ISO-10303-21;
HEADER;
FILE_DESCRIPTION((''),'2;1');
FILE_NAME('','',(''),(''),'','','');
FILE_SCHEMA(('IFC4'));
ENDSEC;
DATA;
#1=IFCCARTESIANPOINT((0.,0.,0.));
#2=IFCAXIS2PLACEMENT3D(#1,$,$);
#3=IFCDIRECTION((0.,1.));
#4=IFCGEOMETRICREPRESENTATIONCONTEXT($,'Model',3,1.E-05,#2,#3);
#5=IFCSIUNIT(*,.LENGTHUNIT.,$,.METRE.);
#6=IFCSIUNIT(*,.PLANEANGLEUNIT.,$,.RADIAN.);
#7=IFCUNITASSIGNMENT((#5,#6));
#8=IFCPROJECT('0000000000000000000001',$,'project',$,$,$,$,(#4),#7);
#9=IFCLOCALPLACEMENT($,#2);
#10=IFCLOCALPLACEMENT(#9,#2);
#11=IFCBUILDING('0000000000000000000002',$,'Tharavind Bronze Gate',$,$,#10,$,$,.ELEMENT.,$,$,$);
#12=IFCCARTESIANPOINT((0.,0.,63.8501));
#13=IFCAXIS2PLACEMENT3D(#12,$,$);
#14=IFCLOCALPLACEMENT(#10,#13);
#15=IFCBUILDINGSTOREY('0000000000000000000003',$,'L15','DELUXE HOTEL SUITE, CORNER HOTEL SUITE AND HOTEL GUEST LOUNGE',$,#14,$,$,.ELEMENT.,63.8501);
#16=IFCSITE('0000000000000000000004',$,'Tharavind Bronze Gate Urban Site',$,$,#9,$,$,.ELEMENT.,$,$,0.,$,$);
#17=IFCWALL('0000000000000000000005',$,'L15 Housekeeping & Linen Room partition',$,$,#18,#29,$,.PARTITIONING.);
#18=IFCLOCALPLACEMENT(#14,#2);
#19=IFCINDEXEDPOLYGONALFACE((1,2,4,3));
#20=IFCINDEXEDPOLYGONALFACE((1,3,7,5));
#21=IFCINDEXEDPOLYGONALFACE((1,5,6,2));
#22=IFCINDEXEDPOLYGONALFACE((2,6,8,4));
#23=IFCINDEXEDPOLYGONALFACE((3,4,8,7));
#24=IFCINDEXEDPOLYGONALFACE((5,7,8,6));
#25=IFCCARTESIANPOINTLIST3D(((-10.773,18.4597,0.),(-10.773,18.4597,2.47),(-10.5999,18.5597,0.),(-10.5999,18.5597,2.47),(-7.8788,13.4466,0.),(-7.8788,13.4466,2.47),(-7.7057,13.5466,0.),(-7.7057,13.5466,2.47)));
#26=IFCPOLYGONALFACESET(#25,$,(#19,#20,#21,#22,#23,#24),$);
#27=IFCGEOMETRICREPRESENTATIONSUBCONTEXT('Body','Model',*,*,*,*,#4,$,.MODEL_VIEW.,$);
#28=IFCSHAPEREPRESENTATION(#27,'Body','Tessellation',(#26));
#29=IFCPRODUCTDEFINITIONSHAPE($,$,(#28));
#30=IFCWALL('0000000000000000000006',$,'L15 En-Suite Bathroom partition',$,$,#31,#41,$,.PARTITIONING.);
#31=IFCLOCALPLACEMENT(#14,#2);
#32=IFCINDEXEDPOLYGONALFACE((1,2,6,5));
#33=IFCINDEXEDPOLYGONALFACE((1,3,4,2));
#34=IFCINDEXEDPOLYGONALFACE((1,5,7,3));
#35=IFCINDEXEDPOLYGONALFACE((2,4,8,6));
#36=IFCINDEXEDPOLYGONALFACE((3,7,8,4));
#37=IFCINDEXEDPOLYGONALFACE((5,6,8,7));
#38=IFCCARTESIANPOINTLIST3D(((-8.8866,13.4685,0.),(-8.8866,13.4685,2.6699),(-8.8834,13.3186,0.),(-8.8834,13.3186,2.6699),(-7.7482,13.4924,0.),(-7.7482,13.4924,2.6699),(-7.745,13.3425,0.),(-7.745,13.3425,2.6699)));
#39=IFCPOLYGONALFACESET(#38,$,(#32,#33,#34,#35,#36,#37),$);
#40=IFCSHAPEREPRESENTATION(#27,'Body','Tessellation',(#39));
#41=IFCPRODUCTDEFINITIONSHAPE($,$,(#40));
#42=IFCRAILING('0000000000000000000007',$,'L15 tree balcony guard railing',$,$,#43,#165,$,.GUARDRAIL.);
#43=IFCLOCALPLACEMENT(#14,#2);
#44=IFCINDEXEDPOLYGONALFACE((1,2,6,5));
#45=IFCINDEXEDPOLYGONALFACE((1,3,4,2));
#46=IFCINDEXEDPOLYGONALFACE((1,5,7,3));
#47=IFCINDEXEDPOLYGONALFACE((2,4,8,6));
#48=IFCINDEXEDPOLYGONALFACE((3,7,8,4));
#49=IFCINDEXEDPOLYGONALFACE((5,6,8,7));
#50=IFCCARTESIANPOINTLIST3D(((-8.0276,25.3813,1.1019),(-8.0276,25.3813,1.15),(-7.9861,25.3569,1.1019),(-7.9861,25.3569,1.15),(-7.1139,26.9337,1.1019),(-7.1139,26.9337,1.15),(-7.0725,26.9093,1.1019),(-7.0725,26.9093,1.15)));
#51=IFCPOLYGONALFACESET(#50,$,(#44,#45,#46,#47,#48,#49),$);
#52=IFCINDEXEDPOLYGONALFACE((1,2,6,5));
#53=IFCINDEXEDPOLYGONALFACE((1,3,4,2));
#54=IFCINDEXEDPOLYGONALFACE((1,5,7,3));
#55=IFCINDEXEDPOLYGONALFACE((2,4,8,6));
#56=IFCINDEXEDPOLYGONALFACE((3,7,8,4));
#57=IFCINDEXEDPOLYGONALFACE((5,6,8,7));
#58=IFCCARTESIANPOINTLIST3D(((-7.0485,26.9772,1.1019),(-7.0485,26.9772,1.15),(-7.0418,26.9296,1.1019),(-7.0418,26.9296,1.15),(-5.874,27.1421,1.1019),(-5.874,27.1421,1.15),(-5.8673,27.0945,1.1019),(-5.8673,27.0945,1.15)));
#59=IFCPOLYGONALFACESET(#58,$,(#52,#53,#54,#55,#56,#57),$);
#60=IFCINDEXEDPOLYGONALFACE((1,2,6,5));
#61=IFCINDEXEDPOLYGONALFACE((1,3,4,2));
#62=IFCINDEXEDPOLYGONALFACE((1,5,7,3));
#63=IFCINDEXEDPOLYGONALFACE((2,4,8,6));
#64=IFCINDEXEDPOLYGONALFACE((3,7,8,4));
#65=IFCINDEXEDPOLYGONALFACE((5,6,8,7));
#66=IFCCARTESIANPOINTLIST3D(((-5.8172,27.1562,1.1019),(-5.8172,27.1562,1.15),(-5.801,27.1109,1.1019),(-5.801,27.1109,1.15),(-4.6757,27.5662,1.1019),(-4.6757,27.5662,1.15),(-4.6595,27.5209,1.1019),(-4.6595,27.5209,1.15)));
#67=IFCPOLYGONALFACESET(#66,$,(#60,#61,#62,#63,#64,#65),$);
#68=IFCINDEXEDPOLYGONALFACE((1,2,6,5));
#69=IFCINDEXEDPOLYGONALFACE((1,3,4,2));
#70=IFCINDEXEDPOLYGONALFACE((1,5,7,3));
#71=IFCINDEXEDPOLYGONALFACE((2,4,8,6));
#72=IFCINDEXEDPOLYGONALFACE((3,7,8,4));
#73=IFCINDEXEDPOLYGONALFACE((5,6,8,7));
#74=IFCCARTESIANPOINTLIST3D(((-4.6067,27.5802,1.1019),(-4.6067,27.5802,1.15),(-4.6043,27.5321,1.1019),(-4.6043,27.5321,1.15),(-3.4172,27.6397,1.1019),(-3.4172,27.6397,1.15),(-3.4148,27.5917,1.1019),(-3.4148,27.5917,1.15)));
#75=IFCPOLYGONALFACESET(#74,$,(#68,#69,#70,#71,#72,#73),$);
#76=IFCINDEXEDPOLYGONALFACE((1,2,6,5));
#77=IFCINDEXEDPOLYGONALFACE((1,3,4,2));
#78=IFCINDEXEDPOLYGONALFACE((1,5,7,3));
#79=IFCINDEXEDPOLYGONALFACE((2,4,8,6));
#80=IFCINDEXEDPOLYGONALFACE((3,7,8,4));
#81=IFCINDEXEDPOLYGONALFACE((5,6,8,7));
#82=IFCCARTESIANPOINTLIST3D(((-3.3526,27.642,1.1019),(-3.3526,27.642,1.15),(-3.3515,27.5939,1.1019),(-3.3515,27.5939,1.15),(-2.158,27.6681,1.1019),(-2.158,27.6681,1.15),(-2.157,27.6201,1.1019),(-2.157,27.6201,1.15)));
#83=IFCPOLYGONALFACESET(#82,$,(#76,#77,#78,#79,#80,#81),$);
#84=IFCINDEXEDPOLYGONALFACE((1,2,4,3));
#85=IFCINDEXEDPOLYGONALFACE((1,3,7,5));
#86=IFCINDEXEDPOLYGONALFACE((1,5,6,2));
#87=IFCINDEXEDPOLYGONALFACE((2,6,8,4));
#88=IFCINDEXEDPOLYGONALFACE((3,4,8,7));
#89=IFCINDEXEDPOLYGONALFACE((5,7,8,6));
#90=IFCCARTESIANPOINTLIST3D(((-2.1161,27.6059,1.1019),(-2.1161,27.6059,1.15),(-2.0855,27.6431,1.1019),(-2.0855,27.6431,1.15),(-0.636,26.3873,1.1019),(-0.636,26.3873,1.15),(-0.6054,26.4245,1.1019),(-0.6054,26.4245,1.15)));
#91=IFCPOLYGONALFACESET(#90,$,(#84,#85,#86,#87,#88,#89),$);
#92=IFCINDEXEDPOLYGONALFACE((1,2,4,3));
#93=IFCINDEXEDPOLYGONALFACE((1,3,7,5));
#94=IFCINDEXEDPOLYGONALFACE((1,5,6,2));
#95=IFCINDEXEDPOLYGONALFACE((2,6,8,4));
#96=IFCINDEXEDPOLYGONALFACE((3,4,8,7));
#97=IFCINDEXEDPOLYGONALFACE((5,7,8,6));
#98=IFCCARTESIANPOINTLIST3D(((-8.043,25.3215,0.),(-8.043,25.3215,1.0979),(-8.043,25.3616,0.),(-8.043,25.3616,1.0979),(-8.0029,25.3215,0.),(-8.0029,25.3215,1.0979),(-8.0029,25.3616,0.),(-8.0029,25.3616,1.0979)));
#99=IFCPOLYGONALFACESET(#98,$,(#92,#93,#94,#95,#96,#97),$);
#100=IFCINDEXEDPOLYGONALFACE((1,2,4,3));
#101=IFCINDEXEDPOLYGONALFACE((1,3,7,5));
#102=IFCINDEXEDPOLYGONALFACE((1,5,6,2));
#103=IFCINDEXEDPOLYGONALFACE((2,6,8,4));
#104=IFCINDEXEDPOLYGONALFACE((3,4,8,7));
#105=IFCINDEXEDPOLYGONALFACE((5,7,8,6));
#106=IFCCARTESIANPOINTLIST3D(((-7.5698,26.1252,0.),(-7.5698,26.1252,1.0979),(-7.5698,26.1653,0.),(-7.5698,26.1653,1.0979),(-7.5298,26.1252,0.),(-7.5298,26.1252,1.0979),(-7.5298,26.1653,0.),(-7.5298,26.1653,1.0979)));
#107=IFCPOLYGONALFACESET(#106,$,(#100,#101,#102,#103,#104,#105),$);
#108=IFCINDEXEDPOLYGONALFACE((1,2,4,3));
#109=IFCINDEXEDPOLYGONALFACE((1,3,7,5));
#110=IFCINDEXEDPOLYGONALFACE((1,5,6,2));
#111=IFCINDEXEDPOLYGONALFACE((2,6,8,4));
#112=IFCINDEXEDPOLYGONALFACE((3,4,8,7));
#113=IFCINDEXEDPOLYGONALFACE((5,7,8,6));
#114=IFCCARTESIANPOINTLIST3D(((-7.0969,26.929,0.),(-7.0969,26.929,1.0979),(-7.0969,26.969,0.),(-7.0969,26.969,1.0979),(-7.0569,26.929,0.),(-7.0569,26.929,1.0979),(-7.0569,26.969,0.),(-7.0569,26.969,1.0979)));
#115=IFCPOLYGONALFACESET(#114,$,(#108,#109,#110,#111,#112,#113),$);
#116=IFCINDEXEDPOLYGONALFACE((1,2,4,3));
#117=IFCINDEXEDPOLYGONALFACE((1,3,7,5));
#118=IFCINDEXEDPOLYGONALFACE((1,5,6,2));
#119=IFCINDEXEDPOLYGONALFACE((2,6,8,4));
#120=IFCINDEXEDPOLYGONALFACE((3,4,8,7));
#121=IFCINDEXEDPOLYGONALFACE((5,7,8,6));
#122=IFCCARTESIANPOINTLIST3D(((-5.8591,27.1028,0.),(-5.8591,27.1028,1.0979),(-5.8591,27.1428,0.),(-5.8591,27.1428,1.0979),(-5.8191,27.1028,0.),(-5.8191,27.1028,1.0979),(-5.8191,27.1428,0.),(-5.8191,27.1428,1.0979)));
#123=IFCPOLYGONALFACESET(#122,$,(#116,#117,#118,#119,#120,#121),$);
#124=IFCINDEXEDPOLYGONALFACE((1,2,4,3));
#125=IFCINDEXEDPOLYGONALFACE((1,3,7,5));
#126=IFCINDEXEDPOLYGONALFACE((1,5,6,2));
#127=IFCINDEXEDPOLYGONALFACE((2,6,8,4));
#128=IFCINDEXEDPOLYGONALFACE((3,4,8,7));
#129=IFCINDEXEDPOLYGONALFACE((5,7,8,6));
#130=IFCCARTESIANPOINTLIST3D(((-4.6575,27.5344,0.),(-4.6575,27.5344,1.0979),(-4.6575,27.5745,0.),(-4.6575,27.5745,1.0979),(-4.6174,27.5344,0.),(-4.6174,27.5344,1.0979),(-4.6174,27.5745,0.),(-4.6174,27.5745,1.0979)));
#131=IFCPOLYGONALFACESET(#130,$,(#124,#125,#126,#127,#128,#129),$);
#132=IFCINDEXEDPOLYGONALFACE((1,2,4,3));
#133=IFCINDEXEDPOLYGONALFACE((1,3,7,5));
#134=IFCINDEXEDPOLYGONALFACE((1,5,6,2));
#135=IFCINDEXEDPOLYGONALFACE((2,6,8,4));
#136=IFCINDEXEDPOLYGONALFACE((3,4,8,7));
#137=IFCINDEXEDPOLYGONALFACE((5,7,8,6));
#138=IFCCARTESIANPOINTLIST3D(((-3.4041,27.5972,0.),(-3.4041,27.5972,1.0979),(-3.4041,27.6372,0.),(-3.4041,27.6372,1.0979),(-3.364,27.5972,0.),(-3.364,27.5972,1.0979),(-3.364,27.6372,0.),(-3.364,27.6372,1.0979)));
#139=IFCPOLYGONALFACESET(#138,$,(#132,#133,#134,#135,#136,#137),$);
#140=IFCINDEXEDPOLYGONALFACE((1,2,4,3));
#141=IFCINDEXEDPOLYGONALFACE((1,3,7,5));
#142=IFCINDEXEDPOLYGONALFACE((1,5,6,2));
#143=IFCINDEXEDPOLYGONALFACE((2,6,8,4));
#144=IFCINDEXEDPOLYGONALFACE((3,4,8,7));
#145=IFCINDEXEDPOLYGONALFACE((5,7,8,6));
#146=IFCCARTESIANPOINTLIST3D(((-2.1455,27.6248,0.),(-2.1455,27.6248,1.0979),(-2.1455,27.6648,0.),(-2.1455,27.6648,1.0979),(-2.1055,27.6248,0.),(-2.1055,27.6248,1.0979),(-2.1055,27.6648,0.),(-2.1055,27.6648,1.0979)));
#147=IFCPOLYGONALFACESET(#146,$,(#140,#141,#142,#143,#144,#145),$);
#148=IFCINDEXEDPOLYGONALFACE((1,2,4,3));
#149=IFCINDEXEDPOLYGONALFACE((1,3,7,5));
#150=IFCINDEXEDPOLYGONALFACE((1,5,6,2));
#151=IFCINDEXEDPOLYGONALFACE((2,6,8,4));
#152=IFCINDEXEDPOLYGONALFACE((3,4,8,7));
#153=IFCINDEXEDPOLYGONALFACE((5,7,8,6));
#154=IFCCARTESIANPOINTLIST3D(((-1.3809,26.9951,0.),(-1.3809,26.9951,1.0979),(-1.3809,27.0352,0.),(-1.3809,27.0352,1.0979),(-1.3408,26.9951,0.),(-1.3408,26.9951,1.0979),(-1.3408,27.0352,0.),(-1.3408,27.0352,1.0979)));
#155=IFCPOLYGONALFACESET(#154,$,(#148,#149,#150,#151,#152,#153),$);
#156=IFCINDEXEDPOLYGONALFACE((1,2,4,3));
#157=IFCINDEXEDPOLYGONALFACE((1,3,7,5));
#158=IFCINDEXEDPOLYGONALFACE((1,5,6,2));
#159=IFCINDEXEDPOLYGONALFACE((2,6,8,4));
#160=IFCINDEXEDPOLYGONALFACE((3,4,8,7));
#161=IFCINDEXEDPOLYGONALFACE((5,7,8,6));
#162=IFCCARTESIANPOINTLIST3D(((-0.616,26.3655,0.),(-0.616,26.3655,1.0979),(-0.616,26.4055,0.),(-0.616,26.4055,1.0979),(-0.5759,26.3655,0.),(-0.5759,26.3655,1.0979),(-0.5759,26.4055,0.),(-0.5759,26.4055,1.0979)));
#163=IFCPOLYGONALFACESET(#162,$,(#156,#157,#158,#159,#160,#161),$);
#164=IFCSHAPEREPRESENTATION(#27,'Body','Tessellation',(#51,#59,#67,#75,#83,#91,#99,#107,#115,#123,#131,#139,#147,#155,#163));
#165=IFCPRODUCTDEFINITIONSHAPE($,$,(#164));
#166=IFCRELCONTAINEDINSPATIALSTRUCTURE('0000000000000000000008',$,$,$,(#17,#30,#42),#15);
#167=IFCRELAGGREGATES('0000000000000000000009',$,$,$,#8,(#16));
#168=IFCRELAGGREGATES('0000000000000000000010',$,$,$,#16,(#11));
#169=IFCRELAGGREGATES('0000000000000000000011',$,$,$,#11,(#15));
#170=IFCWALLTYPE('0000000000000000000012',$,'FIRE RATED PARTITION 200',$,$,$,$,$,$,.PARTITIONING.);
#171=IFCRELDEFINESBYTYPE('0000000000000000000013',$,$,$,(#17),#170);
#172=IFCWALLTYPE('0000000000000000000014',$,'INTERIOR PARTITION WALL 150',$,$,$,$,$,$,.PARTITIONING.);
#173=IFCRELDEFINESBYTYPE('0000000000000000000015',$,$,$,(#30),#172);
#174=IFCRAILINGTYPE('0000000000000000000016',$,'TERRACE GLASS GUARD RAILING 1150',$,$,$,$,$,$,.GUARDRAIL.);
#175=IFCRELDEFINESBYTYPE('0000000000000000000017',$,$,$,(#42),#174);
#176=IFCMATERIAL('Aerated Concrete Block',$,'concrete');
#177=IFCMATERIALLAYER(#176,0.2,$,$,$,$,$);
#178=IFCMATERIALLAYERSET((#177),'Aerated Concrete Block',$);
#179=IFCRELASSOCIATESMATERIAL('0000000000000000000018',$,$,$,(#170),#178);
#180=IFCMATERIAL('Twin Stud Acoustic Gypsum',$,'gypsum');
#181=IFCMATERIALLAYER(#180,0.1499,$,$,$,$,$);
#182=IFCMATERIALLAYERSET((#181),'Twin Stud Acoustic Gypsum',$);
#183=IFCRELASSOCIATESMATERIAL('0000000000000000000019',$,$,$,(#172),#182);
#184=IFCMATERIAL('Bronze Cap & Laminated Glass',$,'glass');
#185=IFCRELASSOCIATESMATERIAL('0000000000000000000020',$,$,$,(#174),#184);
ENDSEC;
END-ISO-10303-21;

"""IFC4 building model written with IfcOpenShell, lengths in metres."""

from ifc_helpers import new_model, si_unit, direction, frame, frame_2d, origin, origin_2d, place, context, subcontext, project, spatial, rectangle, extrude, material, layer, layer_set, type_object, element, save


model = new_model("IFC4")

# Units and contexts
model_context = context("Model", 3, precision=1e-05, world=origin(), true_north=direction((0.0, 1.0)))
body_context = subcontext(model_context, "Body", "Model", "MODEL_VIEW")
ifc_project = project(units=[si_unit("LENGTHUNIT", "METRE"), si_unit("PLANEANGLEUNIT", "RADIAN")], contexts=[model_context])

# Site, building, storey
site_placement = place(None, origin())
site = spatial("IfcSite", under=ifc_project, at=site_placement, Name="Tharavind Bronze Gate Urban Site", CompositionType="ELEMENT", RefElevation=0.0)
building_placement = place(site_placement, origin())
building = spatial("IfcBuilding", under=site, at=building_placement, Name="Tharavind Bronze Gate", CompositionType="ELEMENT")
storey_placement = place(building_placement, frame((0.0, 0.0, 63.8501)))
storey = spatial("IfcBuildingStorey", under=building, at=storey_placement, Name="L15", Description="DELUXE HOTEL SUITE, CORNER HOTEL SUITE AND HOTEL GUEST LOUNGE", CompositionType="ELEMENT", Elevation=63.8501)

# Walls
ifc_material_1 = material(Name="Aerated Concrete Block", Category="concrete")
ifc_layer_1 = layer(ifc_material_1, 0.2)
ifc_layer_set_1 = layer_set([ifc_layer_1], Name="Aerated Concrete Block")
wall_type_1 = type_object("IfcWallType", Name="FIRE RATED PARTITION 200", PredefinedType="PARTITIONING", material=ifc_layer_set_1)
wall_1_placement = place(storey_placement, frame((-7.7922, 13.4966, 0.0), z_axis=(0.0, 0.0, 1.0), x_axis=(-0.49999, 0.866031, 0.0)))
element("IfcWall", 1, at=wall_1_placement, inside=storey, type_object=wall_type_1, Name="L15 Housekeeping & Linen Room partition", PredefinedType="PARTITIONING", context=body_context, shape_type="SweptSolid", body=[
    extrude(rectangle(XDim=5.7886, YDim=0.2, at=frame_2d((2.8943, 0.0))), origin(), (0.0, 0.0, 1.0), 2.47),
])
ifc_material_2 = material(Name="Twin Stud Acoustic Gypsum", Category="gypsum")
ifc_layer_2 = layer(ifc_material_2, 0.1499)
ifc_layer_set_2 = layer_set([ifc_layer_2], Name="Twin Stud Acoustic Gypsum")
wall_type_2 = type_object("IfcWallType", Name="INTERIOR PARTITION WALL 150", PredefinedType="PARTITIONING", material=ifc_layer_set_2)
wall_2_placement = place(storey_placement, frame((-8.885, 13.3936, 0.0), z_axis=(0.0, 0.0, 1.0), x_axis=(0.999779, 0.021012, 0.0)))
element("IfcWall", 2, at=wall_2_placement, inside=storey, type_object=wall_type_2, Name="L15 En-Suite Bathroom partition", PredefinedType="PARTITIONING", context=body_context, shape_type="SweptSolid", body=[
    extrude(rectangle(XDim=1.1387, YDim=0.1499, at=frame_2d((0.5693, 0.0))), origin(), (0.0, 0.0, 1.0), 2.6699),
])

# Railing
ifc_material_3 = material(Name="Bronze Cap & Laminated Glass", Category="glass")
railing_type = type_object("IfcRailingType", Name="TERRACE GLASS GUARD RAILING 1150", PredefinedType="GUARDRAIL", material=ifc_material_3)
railing_placement = place(storey_placement, frame((-8.0229, 25.3416, 0.0)))
element("IfcRailing", 3, at=railing_placement, inside=storey, type_object=railing_type, Name="L15 tree balcony guard railing", PredefinedType="GUARDRAIL", context=body_context, shape_type="SweptSolid", body=[
    extrude(rectangle(XDim=0.0481, YDim=0.0481, at=origin_2d()), frame((0.0161, 0.0276, 1.126), z_axis=(0.50722, 0.861816, 0.0), x_axis=(-0.861816, 0.50722, 0.0)), (0.0, 0.0, 1.0), 1.8013),
    extrude(rectangle(XDim=0.0481, YDim=0.0481, at=origin_2d()), frame((0.9778, 1.6118, 1.126), z_axis=(0.990283, 0.139069, 0.0), x_axis=(-0.139069, 0.990283, 0.0)), (0.0, 0.0, 1.0), 1.186),
    extrude(rectangle(XDim=0.0481, YDim=0.0481, at=origin_2d()), frame((2.2139, 1.792, 1.126), z_axis=(0.941126, 0.338056, 0.0), x_axis=(-0.338056, 0.941126, 0.0)), (0.0, 0.0, 1.0), 1.2129),
    extrude(rectangle(XDim=0.0481, YDim=0.0481, at=origin_2d()), frame((3.4175, 2.2146, 1.126), z_axis=(0.998749, 0.049996, 0.0), x_axis=(-0.049996, 0.998749, 0.0)), (0.0, 0.0, 1.0), 1.1909),
    extrude(rectangle(XDim=0.0481, YDim=0.0481, at=origin_2d()), frame((4.6709, 2.2764, 1.126), z_axis=(0.99976, 0.021915, 0.0), x_axis=(-0.021915, 0.99976, 0.0)), (0.0, 0.0, 1.0), 1.1948),
    extrude(rectangle(XDim=0.0481, YDim=0.0481, at=origin_2d()), frame((5.9221, 2.283, 1.126), z_axis=(0.772016, -0.635604, 0.0), x_axis=(0.635604, 0.772016, 0.0)), (0.0, 0.0, 1.0), 1.9172),
    extrude(rectangle(XDim=0.04, YDim=0.04, at=origin_2d()), origin(), (0.0, 0.0, 1.0), 1.0979),
    extrude(rectangle(XDim=0.04, YDim=0.04, at=origin_2d()), frame((0.4731, 0.8037, 0.0)), (0.0, 0.0, 1.0), 1.0979),
    extrude(rectangle(XDim=0.04, YDim=0.04, at=origin_2d()), frame((0.946, 1.6074, 0.0)), (0.0, 0.0, 1.0), 1.0979),
    extrude(rectangle(XDim=0.04, YDim=0.04, at=origin_2d()), frame((2.1838, 1.7812, 0.0)), (0.0, 0.0, 1.0), 1.0979),
    extrude(rectangle(XDim=0.04, YDim=0.04, at=origin_2d()), frame((3.3855, 2.2129, 0.0)), (0.0, 0.0, 1.0), 1.0979),
    extrude(rectangle(XDim=0.04, YDim=0.04, at=origin_2d()), frame((4.6389, 2.2756, 0.0)), (0.0, 0.0, 1.0), 1.0979),
    extrude(rectangle(XDim=0.04, YDim=0.04, at=origin_2d()), frame((5.8975, 2.3032, 0.0)), (0.0, 0.0, 1.0), 1.0979),
    extrude(rectangle(XDim=0.04, YDim=0.04, at=origin_2d()), frame((6.6621, 1.6736, 0.0)), (0.0, 0.0, 1.0), 1.0979),
    extrude(rectangle(XDim=0.04, YDim=0.04, at=origin_2d()), frame((7.427, 1.0439, 0.0)), (0.0, 0.0, 1.0), 1.0979),
])

save(model, "model.ifc")
